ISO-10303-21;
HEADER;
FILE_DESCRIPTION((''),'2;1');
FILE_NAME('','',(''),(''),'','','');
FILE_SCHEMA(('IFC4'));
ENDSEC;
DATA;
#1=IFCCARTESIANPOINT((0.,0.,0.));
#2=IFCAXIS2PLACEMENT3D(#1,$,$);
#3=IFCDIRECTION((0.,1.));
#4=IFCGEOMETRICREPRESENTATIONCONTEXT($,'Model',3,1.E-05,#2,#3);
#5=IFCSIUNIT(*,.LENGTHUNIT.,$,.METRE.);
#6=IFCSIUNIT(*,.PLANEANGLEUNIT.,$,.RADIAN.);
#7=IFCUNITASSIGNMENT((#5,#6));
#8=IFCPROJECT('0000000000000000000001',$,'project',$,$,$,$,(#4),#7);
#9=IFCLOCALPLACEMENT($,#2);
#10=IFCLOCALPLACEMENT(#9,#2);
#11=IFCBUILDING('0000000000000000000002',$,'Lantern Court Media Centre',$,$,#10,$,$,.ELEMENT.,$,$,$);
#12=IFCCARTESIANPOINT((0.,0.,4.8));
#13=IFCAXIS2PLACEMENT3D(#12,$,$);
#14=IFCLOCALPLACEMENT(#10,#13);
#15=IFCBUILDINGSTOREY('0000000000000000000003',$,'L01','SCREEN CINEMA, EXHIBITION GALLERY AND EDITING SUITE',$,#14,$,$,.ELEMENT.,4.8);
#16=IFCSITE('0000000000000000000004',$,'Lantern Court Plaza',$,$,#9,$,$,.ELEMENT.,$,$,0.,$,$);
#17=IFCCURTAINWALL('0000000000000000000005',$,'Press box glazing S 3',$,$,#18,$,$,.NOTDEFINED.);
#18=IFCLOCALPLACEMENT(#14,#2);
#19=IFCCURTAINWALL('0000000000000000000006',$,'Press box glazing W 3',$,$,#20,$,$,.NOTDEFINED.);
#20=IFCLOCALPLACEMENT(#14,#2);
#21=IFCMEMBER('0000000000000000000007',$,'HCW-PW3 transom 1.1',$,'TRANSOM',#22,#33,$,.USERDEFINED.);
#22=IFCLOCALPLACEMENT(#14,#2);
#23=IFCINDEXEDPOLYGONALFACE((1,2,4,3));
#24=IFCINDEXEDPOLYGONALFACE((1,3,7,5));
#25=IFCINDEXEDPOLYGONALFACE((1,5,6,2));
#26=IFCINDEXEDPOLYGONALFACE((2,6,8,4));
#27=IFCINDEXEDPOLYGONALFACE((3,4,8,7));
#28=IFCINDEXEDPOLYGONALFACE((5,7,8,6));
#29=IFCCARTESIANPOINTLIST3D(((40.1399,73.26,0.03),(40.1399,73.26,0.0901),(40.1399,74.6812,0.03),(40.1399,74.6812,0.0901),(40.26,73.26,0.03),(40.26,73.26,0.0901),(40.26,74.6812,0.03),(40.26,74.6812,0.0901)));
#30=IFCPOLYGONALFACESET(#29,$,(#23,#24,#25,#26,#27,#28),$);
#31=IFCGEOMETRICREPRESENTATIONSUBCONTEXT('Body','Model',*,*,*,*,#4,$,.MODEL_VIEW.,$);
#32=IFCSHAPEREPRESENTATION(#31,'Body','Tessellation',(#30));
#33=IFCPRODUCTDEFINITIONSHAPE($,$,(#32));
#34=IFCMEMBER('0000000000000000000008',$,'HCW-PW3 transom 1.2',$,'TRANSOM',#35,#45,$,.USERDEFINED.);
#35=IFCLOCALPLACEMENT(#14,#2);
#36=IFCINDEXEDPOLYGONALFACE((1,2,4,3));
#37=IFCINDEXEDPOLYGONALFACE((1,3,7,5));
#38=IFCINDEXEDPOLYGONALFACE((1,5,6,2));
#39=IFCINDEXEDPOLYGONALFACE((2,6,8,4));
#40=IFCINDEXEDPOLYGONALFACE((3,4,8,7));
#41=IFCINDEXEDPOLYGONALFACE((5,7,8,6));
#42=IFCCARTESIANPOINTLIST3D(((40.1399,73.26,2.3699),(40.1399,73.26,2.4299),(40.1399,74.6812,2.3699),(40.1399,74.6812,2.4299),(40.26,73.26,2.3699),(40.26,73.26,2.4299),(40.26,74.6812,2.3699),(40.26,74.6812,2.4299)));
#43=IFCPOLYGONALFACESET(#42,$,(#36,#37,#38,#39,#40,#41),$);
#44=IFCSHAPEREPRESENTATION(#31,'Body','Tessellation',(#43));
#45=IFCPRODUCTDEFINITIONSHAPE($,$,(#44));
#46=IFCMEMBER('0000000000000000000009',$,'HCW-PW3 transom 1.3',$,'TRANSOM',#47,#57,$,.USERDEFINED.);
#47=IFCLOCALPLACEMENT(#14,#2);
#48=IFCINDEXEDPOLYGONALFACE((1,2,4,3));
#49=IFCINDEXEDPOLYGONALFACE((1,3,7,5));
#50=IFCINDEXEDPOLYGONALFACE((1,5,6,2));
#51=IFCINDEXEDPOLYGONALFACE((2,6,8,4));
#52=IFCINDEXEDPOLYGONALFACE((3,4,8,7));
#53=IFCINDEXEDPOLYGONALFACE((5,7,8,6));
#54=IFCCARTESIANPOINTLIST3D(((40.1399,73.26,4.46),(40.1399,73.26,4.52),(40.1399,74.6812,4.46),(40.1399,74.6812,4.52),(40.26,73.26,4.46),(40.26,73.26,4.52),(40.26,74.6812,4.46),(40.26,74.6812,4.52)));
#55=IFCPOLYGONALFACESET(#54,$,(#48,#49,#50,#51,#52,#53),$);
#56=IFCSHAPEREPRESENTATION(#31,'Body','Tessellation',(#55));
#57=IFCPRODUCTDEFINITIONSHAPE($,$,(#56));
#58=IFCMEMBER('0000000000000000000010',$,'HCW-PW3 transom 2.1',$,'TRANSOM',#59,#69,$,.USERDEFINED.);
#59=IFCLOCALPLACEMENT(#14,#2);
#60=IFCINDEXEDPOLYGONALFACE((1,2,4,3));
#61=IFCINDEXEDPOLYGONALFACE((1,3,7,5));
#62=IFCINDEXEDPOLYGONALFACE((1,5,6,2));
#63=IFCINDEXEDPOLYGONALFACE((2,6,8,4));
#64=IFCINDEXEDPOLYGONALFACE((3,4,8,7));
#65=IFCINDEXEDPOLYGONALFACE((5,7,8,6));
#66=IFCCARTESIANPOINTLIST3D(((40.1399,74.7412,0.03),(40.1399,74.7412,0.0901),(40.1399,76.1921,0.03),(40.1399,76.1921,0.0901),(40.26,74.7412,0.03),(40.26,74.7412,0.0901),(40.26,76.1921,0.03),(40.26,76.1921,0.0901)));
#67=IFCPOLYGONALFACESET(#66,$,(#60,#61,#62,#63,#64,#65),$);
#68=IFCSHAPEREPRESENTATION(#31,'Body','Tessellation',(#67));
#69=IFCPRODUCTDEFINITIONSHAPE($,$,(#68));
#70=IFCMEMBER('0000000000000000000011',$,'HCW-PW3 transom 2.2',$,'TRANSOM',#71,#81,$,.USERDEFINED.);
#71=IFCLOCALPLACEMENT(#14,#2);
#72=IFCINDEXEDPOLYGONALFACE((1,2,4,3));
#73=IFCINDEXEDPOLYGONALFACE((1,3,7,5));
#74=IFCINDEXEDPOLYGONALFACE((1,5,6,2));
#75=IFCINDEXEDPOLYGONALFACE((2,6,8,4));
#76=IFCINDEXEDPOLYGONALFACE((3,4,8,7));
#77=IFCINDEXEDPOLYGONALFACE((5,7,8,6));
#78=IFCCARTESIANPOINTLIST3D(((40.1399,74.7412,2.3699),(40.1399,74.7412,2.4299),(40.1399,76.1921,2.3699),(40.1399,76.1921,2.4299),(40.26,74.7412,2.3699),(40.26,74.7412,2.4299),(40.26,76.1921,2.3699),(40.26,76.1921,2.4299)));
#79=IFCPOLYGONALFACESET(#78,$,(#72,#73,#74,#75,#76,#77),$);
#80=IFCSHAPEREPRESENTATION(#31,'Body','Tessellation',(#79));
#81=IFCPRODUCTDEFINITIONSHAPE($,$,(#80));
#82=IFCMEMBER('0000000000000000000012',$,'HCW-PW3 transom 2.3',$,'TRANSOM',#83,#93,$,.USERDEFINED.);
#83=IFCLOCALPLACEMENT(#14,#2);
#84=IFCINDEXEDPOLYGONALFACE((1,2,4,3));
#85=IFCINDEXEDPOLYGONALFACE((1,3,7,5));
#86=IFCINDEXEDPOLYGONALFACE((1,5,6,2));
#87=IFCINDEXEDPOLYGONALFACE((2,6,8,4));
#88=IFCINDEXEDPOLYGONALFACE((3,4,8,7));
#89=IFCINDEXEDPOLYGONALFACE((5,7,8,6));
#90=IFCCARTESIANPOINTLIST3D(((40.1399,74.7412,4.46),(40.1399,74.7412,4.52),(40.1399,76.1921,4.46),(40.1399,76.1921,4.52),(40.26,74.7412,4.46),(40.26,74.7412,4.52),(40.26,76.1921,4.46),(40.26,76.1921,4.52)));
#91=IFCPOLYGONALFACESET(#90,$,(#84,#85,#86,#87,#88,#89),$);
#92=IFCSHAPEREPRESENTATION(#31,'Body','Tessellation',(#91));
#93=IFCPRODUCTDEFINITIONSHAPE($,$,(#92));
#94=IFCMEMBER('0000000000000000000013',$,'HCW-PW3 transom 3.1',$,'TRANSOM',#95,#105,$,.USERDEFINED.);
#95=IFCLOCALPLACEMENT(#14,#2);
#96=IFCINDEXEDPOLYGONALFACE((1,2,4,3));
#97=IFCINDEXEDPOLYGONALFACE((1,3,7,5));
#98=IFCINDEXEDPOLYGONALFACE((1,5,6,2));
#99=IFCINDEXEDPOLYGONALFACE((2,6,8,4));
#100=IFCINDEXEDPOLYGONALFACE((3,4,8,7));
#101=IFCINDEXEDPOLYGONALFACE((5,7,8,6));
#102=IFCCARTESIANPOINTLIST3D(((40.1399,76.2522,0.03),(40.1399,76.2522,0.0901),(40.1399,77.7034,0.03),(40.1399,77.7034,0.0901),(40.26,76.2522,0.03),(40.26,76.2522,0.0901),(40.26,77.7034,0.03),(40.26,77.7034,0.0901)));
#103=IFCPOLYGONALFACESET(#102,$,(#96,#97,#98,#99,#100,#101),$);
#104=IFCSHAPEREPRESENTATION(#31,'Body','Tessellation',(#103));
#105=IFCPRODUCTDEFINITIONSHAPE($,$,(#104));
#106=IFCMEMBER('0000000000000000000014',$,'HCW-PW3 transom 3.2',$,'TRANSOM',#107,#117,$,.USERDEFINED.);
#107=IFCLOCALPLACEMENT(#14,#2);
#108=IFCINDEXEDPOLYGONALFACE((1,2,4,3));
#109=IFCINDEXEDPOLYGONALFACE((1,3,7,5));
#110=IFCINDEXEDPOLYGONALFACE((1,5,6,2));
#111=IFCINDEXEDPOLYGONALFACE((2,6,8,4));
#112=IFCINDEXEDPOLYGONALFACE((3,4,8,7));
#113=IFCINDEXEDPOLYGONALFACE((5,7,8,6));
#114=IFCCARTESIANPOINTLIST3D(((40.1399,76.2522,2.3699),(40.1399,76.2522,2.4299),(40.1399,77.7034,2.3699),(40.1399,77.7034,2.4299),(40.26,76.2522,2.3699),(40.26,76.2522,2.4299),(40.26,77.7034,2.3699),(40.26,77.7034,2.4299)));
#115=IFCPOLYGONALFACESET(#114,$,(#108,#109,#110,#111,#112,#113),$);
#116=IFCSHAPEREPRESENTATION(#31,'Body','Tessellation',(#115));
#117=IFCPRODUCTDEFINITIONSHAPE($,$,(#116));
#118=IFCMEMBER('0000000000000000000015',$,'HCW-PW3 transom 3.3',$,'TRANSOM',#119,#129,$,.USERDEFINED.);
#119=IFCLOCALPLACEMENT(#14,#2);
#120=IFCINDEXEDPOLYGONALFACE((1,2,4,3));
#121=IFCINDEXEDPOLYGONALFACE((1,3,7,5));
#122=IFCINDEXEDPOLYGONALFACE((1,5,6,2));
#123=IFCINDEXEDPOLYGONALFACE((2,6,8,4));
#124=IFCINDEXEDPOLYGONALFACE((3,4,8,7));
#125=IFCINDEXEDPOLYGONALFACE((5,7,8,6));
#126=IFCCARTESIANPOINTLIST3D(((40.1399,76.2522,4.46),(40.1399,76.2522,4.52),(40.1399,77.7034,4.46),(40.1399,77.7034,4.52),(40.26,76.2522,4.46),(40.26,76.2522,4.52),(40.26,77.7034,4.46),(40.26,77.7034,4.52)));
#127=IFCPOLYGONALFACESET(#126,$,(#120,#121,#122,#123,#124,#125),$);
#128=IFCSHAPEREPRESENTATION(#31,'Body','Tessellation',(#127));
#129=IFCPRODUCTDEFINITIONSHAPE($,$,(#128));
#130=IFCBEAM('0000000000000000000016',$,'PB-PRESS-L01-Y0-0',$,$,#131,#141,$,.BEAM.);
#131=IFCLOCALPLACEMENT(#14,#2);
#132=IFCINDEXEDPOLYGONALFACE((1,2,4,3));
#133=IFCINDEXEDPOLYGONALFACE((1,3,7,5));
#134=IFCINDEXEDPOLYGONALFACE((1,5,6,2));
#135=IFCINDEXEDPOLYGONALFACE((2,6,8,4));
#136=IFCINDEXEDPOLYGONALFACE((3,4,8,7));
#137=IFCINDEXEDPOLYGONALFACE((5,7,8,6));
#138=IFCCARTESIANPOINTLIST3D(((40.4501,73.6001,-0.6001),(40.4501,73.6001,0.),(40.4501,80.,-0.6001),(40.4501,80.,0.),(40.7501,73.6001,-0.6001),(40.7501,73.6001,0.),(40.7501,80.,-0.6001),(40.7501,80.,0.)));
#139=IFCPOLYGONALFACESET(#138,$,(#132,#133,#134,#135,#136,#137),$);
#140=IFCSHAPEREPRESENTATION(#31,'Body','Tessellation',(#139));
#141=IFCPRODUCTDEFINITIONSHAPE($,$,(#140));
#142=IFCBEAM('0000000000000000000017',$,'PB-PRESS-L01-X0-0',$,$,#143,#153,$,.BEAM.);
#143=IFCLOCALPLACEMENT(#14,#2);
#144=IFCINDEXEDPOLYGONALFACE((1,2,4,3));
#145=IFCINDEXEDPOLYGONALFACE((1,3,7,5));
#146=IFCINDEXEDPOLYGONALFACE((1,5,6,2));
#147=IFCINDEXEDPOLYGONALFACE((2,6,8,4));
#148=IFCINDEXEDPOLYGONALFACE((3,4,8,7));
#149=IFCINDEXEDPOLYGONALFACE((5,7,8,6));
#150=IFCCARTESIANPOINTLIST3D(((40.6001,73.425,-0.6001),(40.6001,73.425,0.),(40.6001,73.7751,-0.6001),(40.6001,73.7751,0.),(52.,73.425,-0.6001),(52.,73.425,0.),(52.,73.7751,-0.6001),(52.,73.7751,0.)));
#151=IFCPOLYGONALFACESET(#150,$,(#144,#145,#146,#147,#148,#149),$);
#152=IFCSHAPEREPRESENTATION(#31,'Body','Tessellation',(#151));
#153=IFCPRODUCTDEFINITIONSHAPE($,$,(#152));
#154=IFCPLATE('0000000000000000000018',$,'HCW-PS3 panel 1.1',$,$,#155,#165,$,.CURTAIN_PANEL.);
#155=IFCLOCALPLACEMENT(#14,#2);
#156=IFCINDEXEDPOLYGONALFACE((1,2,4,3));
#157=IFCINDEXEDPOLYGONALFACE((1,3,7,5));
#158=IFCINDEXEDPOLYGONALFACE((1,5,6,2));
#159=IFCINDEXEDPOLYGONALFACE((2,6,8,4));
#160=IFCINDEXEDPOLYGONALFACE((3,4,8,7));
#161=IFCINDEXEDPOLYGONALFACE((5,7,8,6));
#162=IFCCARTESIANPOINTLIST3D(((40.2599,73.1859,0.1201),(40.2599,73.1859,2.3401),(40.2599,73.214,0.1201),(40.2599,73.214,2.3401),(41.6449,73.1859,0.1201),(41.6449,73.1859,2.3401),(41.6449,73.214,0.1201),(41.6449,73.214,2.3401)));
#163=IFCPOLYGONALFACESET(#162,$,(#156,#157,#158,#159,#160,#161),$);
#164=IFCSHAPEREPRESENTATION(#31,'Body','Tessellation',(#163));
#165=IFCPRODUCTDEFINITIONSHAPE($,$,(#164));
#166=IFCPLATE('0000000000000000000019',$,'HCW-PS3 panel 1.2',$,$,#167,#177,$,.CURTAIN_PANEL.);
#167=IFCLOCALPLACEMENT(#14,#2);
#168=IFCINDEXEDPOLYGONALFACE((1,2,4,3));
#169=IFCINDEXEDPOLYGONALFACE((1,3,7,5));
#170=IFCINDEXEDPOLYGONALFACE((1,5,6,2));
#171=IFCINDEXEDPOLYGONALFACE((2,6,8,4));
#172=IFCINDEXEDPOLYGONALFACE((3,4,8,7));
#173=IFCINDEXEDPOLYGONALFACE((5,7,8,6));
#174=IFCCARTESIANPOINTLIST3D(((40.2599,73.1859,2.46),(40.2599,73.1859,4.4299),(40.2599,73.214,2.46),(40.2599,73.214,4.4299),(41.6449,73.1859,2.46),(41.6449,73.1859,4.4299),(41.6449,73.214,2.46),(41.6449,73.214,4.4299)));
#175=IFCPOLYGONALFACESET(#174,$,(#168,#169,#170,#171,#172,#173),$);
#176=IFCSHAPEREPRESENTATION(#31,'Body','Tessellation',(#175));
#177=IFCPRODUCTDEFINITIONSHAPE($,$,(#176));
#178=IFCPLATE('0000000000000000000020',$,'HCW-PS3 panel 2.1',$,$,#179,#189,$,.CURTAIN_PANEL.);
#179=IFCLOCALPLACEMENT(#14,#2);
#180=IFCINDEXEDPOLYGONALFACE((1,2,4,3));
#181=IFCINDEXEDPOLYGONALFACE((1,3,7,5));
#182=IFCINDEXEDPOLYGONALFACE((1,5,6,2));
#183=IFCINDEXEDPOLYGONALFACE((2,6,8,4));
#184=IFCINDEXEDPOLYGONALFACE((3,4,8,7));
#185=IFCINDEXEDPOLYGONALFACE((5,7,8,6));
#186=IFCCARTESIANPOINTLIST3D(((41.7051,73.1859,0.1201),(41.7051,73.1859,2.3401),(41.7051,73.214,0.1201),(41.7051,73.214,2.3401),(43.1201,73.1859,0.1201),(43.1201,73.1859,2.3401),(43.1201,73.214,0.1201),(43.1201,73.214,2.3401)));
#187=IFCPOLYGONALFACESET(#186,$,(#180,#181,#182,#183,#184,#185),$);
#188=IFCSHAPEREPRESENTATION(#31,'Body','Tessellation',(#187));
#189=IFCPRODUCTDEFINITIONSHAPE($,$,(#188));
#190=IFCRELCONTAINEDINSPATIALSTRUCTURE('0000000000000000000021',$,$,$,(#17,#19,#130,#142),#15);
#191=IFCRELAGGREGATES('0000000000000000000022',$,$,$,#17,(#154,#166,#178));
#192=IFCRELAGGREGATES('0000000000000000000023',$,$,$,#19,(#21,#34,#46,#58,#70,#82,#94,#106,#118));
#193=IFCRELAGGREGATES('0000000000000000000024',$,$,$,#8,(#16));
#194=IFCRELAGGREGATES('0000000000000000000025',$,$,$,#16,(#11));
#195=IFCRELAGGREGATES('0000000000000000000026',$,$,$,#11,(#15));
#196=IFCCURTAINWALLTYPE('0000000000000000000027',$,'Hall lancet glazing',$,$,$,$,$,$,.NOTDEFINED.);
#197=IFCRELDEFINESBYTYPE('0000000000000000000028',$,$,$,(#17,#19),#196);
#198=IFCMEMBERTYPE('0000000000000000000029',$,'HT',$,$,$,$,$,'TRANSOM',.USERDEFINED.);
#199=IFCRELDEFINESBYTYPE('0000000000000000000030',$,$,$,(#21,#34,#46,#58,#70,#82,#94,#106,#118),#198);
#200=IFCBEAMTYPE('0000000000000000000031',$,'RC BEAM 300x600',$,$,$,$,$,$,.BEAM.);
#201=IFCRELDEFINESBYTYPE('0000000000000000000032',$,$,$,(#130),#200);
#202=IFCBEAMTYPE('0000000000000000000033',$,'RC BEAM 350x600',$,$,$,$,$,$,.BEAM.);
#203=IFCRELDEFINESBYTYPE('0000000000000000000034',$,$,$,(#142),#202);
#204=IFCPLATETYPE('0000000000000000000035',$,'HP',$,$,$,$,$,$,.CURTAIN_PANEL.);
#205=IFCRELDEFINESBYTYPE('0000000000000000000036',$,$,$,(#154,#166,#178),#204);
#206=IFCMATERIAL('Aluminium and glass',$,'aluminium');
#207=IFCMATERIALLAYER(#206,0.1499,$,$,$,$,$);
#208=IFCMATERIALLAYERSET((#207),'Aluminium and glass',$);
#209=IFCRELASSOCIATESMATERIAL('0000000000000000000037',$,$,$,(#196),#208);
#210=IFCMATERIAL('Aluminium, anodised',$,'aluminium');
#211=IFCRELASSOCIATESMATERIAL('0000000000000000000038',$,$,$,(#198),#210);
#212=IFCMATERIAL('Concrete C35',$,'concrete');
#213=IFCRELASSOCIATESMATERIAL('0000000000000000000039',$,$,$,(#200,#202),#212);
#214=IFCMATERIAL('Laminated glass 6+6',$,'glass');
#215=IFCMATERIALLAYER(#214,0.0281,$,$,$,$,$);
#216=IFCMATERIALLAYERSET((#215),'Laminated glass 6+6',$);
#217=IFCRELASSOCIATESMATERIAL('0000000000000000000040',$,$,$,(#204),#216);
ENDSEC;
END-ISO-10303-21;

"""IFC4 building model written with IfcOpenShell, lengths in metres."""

from ifc_helpers import new_model, si_unit, direction, frame, origin, origin_2d, place, context, subcontext, project, spatial, rectangle, extrude, material, layer, layer_set, material_profile, profile_set, type_object, element, aggregate, save


model = new_model("IFC4")

# Units and contexts
model_context = context("Model", 3, precision=1e-05, world=origin(), true_north=direction((0.0, 1.0)))
body_context = subcontext(model_context, "Body", "Model", "MODEL_VIEW")
ifc_project = project(units=[si_unit("LENGTHUNIT", "METRE"), si_unit("PLANEANGLEUNIT", "RADIAN")], contexts=[model_context])

# Site, building, storey
site_placement = place(None, origin())
site = spatial("IfcSite", under=ifc_project, at=site_placement, Name="Lantern Court Plaza", CompositionType="ELEMENT", RefElevation=0.0)
building_placement = place(site_placement, origin())
building = spatial("IfcBuilding", under=site, at=building_placement, Name="Lantern Court Media Centre", CompositionType="ELEMENT")
storey_placement = place(building_placement, frame((0.0, 0.0, 4.8)))
storey = spatial("IfcBuildingStorey", under=building, at=storey_placement, Name="L01", Description="SCREEN CINEMA, EXHIBITION GALLERY AND EDITING SUITE", CompositionType="ELEMENT", Elevation=4.8)

# Shared definitions
ifc_material_1 = material(Name="Concrete C35", Category="concrete")

# Curtain walls
ifc_material_2 = material(Name="Aluminium and glass", Category="aluminium")
ifc_layer_1 = layer(ifc_material_2, 0.1499)
ifc_layer_set_1 = layer_set([ifc_layer_1], Name="Aluminium and glass")
curtain_wall_type = type_object("IfcCurtainWallType", Name="Hall lancet glazing", PredefinedType="NOTDEFINED", material=ifc_layer_set_1)
curtain_wall_1_placement = place(storey_placement, origin())
curtain_wall_1 = element("IfcCurtainWall", 1, at=curtain_wall_1_placement, inside=storey, type_object=curtain_wall_type, Name="Press box glazing S 3", PredefinedType="NOTDEFINED")
ifc_material_3 = material(Name="Aluminium, anodised", Category="aluminium")
curtain_wall_2_placement = place(storey_placement, origin())
curtain_wall_2 = element("IfcCurtainWall", 2, at=curtain_wall_2_placement, inside=storey, type_object=curtain_wall_type, Name="Press box glazing W 3", PredefinedType="NOTDEFINED")

# Members
ifc_material_profile_1 = material_profile(ifc_material_3, rectangle(XDim=0.1201, YDim=0.0601, at=origin_2d()), Name="HT")
ifc_profile_set_1 = profile_set([ifc_material_profile_1], Name="Aluminium, anodised")
member_type_1 = type_object("IfcMemberType", Name="HT", ElementType="TRANSOM", PredefinedType="USERDEFINED", material=ifc_profile_set_1)
member_1_placement = place(storey_placement, frame((40.2, 73.26, 0.0601), z_axis=(0.0, 1.0, 0.0), x_axis=(-1.0, 0.0, 0.0)))
member_1 = element("IfcMember", 3, at=member_1_placement, type_object=member_type_1, Name="HCW-PW3 transom 1.1", ObjectType="TRANSOM", PredefinedType="USERDEFINED", context=body_context, shape_type="SweptSolid", body=[
    extrude(rectangle(XDim=0.1201, YDim=0.0601, at=origin_2d()), origin(), (0.0, 0.0, 1.0), 1.4211),
])
member_2_placement = place(storey_placement, frame((40.2, 73.26, 2.3999), z_axis=(0.0, 1.0, 0.0), x_axis=(-1.0, 0.0, 0.0)))
member_2 = element("IfcMember", 4, at=member_2_placement, type_object=member_type_1, Name="HCW-PW3 transom 1.2", ObjectType="TRANSOM", PredefinedType="USERDEFINED", context=body_context, shape_type="SweptSolid", body=[
    extrude(rectangle(XDim=0.1201, YDim=0.0601, at=origin_2d()), origin(), (0.0, 0.0, 1.0), 1.4211),
])
member_3_placement = place(storey_placement, frame((40.2, 73.26, 4.49), z_axis=(0.0, 1.0, 0.0), x_axis=(-1.0, 0.0, 0.0)))
member_3 = element("IfcMember", 5, at=member_3_placement, type_object=member_type_1, Name="HCW-PW3 transom 1.3", ObjectType="TRANSOM", PredefinedType="USERDEFINED", context=body_context, shape_type="SweptSolid", body=[
    extrude(rectangle(XDim=0.1201, YDim=0.0601, at=origin_2d()), origin(), (0.0, 0.0, 1.0), 1.4211),
])
member_4_placement = place(storey_placement, frame((40.2, 74.7412, 0.0601), z_axis=(0.0, 1.0, 0.0), x_axis=(-1.0, 0.0, 0.0)))
member_4 = element("IfcMember", 6, at=member_4_placement, type_object=member_type_1, Name="HCW-PW3 transom 2.1", ObjectType="TRANSOM", PredefinedType="USERDEFINED", context=body_context, shape_type="SweptSolid", body=[
    extrude(rectangle(XDim=0.1201, YDim=0.0601, at=origin_2d()), origin(), (0.0, 0.0, 1.0), 1.4509),
])
member_5_placement = place(storey_placement, frame((40.2, 74.7412, 2.3999), z_axis=(0.0, 1.0, 0.0), x_axis=(-1.0, 0.0, 0.0)))
member_5 = element("IfcMember", 7, at=member_5_placement, type_object=member_type_1, Name="HCW-PW3 transom 2.2", ObjectType="TRANSOM", PredefinedType="USERDEFINED", context=body_context, shape_type="SweptSolid", body=[
    extrude(rectangle(XDim=0.1201, YDim=0.0601, at=origin_2d()), origin(), (0.0, 0.0, 1.0), 1.4509),
])
member_6_placement = place(storey_placement, frame((40.2, 74.7412, 4.49), z_axis=(0.0, 1.0, 0.0), x_axis=(-1.0, 0.0, 0.0)))
member_6 = element("IfcMember", 8, at=member_6_placement, type_object=member_type_1, Name="HCW-PW3 transom 2.3", ObjectType="TRANSOM", PredefinedType="USERDEFINED", context=body_context, shape_type="SweptSolid", body=[
    extrude(rectangle(XDim=0.1201, YDim=0.0601, at=origin_2d()), origin(), (0.0, 0.0, 1.0), 1.4509),
])
member_7_placement = place(storey_placement, frame((40.2, 76.2522, 0.0601), z_axis=(0.0, 1.0, 0.0), x_axis=(-1.0, 0.0, 0.0)))
member_7 = element("IfcMember", 9, at=member_7_placement, type_object=member_type_1, Name="HCW-PW3 transom 3.1", ObjectType="TRANSOM", PredefinedType="USERDEFINED", context=body_context, shape_type="SweptSolid", body=[
    extrude(rectangle(XDim=0.1201, YDim=0.0601, at=origin_2d()), origin(), (0.0, 0.0, 1.0), 1.4512),
])
member_8_placement = place(storey_placement, frame((40.2, 76.2522, 2.3999), z_axis=(0.0, 1.0, 0.0), x_axis=(-1.0, 0.0, 0.0)))
member_8 = element("IfcMember", 10, at=member_8_placement, type_object=member_type_1, Name="HCW-PW3 transom 3.2", ObjectType="TRANSOM", PredefinedType="USERDEFINED", context=body_context, shape_type="SweptSolid", body=[
    extrude(rectangle(XDim=0.1201, YDim=0.0601, at=origin_2d()), origin(), (0.0, 0.0, 1.0), 1.4512),
])
member_9_placement = place(storey_placement, frame((40.2, 76.2522, 4.49), z_axis=(0.0, 1.0, 0.0), x_axis=(-1.0, 0.0, 0.0)))
member_9 = element("IfcMember", 11, at=member_9_placement, type_object=member_type_1, Name="HCW-PW3 transom 3.3", ObjectType="TRANSOM", PredefinedType="USERDEFINED", context=body_context, shape_type="SweptSolid", body=[
    extrude(rectangle(XDim=0.1201, YDim=0.0601, at=origin_2d()), origin(), (0.0, 0.0, 1.0), 1.4512),
])

# Beams
ifc_material_profile_2 = material_profile(ifc_material_1, rectangle(XDim=0.3, YDim=0.6001, at=origin_2d()), Name="RC 300x600")
ifc_profile_set_2 = profile_set([ifc_material_profile_2], Name="Concrete C35")
beam_type_1 = type_object("IfcBeamType", Name="RC BEAM 300x600", PredefinedType="BEAM", material=ifc_profile_set_2)
beam_1_placement = place(storey_placement, frame((40.6001, 73.6001, -0.3), z_axis=(0.0, 1.0, 0.0), x_axis=(-1.0, 0.0, 0.0)))
element("IfcBeam", 12, at=beam_1_placement, inside=storey, type_object=beam_type_1, Name="PB-PRESS-L01-Y0-0", PredefinedType="BEAM", context=body_context, shape_type="SweptSolid", body=[
    extrude(rectangle(XDim=0.3, YDim=0.6001, at=origin_2d()), origin(), (0.0, 0.0, 1.0), 6.3999),
])
ifc_material_profile_3 = material_profile(ifc_material_1, rectangle(XDim=0.3501, YDim=0.6001, at=origin_2d()), Name="RC 350x600")
ifc_profile_set_3 = profile_set([ifc_material_profile_3], Name="Concrete C35")
beam_type_2 = type_object("IfcBeamType", Name="RC BEAM 350x600", PredefinedType="BEAM", material=ifc_profile_set_3)
beam_2_placement = place(storey_placement, frame((40.6001, 73.6001, -0.3), z_axis=(1.0, 0.0, 0.0), x_axis=(0.0, 1.0, 0.0)))
element("IfcBeam", 13, at=beam_2_placement, inside=storey, type_object=beam_type_2, Name="PB-PRESS-L01-X0-0", PredefinedType="BEAM", context=body_context, shape_type="SweptSolid", body=[
    extrude(rectangle(XDim=0.3501, YDim=0.6001, at=origin_2d()), origin(), (0.0, 0.0, 1.0), 11.3999),
])

# Plates
ifc_material_4 = material(Name="Laminated glass 6+6", Category="glass")
ifc_layer_2 = layer(ifc_material_4, 0.0281)
ifc_layer_set_2 = layer_set([ifc_layer_2], Name="Laminated glass 6+6")
plate_type = type_object("IfcPlateType", Name="HP", PredefinedType="CURTAIN_PANEL", material=ifc_layer_set_2)
plate_1_placement = place(storey_placement, frame((40.9524, 73.2, 0.1201), z_axis=(0.0, 0.0, 1.0), x_axis=(1.0, 0.0, 0.0)))
plate_1 = element("IfcPlate", 14, at=plate_1_placement, type_object=plate_type, Name="HCW-PS3 panel 1.1", PredefinedType="CURTAIN_PANEL", context=body_context, shape_type="SweptSolid", body=[
    extrude(rectangle(XDim=1.385, YDim=0.0281, at=origin_2d()), origin(), (0.0, 0.0, 1.0), 2.22),
])
plate_2_placement = place(storey_placement, frame((40.9524, 73.2, 2.46), z_axis=(0.0, 0.0, 1.0), x_axis=(1.0, 0.0, 0.0)))
plate_2 = element("IfcPlate", 15, at=plate_2_placement, type_object=plate_type, Name="HCW-PS3 panel 1.2", PredefinedType="CURTAIN_PANEL", context=body_context, shape_type="SweptSolid", body=[
    extrude(rectangle(XDim=1.385, YDim=0.0281, at=origin_2d()), origin(), (0.0, 0.0, 1.0), 1.97),
])
plate_3_placement = place(storey_placement, frame((42.4126, 73.2, 0.1201), z_axis=(0.0, 0.0, 1.0), x_axis=(1.0, 0.0, 0.0)))
plate_3 = element("IfcPlate", 16, at=plate_3_placement, type_object=plate_type, Name="HCW-PS3 panel 2.1", PredefinedType="CURTAIN_PANEL", context=body_context, shape_type="SweptSolid", body=[
    extrude(rectangle(XDim=1.415, YDim=0.0281, at=origin_2d()), origin(), (0.0, 0.0, 1.0), 2.22),
])
aggregate(curtain_wall_1, [plate_1, plate_2, plate_3])
aggregate(curtain_wall_2, [member_1, member_2, member_3, member_4, member_5, member_6, member_7, member_8, member_9])

save(model, "model.ifc")
